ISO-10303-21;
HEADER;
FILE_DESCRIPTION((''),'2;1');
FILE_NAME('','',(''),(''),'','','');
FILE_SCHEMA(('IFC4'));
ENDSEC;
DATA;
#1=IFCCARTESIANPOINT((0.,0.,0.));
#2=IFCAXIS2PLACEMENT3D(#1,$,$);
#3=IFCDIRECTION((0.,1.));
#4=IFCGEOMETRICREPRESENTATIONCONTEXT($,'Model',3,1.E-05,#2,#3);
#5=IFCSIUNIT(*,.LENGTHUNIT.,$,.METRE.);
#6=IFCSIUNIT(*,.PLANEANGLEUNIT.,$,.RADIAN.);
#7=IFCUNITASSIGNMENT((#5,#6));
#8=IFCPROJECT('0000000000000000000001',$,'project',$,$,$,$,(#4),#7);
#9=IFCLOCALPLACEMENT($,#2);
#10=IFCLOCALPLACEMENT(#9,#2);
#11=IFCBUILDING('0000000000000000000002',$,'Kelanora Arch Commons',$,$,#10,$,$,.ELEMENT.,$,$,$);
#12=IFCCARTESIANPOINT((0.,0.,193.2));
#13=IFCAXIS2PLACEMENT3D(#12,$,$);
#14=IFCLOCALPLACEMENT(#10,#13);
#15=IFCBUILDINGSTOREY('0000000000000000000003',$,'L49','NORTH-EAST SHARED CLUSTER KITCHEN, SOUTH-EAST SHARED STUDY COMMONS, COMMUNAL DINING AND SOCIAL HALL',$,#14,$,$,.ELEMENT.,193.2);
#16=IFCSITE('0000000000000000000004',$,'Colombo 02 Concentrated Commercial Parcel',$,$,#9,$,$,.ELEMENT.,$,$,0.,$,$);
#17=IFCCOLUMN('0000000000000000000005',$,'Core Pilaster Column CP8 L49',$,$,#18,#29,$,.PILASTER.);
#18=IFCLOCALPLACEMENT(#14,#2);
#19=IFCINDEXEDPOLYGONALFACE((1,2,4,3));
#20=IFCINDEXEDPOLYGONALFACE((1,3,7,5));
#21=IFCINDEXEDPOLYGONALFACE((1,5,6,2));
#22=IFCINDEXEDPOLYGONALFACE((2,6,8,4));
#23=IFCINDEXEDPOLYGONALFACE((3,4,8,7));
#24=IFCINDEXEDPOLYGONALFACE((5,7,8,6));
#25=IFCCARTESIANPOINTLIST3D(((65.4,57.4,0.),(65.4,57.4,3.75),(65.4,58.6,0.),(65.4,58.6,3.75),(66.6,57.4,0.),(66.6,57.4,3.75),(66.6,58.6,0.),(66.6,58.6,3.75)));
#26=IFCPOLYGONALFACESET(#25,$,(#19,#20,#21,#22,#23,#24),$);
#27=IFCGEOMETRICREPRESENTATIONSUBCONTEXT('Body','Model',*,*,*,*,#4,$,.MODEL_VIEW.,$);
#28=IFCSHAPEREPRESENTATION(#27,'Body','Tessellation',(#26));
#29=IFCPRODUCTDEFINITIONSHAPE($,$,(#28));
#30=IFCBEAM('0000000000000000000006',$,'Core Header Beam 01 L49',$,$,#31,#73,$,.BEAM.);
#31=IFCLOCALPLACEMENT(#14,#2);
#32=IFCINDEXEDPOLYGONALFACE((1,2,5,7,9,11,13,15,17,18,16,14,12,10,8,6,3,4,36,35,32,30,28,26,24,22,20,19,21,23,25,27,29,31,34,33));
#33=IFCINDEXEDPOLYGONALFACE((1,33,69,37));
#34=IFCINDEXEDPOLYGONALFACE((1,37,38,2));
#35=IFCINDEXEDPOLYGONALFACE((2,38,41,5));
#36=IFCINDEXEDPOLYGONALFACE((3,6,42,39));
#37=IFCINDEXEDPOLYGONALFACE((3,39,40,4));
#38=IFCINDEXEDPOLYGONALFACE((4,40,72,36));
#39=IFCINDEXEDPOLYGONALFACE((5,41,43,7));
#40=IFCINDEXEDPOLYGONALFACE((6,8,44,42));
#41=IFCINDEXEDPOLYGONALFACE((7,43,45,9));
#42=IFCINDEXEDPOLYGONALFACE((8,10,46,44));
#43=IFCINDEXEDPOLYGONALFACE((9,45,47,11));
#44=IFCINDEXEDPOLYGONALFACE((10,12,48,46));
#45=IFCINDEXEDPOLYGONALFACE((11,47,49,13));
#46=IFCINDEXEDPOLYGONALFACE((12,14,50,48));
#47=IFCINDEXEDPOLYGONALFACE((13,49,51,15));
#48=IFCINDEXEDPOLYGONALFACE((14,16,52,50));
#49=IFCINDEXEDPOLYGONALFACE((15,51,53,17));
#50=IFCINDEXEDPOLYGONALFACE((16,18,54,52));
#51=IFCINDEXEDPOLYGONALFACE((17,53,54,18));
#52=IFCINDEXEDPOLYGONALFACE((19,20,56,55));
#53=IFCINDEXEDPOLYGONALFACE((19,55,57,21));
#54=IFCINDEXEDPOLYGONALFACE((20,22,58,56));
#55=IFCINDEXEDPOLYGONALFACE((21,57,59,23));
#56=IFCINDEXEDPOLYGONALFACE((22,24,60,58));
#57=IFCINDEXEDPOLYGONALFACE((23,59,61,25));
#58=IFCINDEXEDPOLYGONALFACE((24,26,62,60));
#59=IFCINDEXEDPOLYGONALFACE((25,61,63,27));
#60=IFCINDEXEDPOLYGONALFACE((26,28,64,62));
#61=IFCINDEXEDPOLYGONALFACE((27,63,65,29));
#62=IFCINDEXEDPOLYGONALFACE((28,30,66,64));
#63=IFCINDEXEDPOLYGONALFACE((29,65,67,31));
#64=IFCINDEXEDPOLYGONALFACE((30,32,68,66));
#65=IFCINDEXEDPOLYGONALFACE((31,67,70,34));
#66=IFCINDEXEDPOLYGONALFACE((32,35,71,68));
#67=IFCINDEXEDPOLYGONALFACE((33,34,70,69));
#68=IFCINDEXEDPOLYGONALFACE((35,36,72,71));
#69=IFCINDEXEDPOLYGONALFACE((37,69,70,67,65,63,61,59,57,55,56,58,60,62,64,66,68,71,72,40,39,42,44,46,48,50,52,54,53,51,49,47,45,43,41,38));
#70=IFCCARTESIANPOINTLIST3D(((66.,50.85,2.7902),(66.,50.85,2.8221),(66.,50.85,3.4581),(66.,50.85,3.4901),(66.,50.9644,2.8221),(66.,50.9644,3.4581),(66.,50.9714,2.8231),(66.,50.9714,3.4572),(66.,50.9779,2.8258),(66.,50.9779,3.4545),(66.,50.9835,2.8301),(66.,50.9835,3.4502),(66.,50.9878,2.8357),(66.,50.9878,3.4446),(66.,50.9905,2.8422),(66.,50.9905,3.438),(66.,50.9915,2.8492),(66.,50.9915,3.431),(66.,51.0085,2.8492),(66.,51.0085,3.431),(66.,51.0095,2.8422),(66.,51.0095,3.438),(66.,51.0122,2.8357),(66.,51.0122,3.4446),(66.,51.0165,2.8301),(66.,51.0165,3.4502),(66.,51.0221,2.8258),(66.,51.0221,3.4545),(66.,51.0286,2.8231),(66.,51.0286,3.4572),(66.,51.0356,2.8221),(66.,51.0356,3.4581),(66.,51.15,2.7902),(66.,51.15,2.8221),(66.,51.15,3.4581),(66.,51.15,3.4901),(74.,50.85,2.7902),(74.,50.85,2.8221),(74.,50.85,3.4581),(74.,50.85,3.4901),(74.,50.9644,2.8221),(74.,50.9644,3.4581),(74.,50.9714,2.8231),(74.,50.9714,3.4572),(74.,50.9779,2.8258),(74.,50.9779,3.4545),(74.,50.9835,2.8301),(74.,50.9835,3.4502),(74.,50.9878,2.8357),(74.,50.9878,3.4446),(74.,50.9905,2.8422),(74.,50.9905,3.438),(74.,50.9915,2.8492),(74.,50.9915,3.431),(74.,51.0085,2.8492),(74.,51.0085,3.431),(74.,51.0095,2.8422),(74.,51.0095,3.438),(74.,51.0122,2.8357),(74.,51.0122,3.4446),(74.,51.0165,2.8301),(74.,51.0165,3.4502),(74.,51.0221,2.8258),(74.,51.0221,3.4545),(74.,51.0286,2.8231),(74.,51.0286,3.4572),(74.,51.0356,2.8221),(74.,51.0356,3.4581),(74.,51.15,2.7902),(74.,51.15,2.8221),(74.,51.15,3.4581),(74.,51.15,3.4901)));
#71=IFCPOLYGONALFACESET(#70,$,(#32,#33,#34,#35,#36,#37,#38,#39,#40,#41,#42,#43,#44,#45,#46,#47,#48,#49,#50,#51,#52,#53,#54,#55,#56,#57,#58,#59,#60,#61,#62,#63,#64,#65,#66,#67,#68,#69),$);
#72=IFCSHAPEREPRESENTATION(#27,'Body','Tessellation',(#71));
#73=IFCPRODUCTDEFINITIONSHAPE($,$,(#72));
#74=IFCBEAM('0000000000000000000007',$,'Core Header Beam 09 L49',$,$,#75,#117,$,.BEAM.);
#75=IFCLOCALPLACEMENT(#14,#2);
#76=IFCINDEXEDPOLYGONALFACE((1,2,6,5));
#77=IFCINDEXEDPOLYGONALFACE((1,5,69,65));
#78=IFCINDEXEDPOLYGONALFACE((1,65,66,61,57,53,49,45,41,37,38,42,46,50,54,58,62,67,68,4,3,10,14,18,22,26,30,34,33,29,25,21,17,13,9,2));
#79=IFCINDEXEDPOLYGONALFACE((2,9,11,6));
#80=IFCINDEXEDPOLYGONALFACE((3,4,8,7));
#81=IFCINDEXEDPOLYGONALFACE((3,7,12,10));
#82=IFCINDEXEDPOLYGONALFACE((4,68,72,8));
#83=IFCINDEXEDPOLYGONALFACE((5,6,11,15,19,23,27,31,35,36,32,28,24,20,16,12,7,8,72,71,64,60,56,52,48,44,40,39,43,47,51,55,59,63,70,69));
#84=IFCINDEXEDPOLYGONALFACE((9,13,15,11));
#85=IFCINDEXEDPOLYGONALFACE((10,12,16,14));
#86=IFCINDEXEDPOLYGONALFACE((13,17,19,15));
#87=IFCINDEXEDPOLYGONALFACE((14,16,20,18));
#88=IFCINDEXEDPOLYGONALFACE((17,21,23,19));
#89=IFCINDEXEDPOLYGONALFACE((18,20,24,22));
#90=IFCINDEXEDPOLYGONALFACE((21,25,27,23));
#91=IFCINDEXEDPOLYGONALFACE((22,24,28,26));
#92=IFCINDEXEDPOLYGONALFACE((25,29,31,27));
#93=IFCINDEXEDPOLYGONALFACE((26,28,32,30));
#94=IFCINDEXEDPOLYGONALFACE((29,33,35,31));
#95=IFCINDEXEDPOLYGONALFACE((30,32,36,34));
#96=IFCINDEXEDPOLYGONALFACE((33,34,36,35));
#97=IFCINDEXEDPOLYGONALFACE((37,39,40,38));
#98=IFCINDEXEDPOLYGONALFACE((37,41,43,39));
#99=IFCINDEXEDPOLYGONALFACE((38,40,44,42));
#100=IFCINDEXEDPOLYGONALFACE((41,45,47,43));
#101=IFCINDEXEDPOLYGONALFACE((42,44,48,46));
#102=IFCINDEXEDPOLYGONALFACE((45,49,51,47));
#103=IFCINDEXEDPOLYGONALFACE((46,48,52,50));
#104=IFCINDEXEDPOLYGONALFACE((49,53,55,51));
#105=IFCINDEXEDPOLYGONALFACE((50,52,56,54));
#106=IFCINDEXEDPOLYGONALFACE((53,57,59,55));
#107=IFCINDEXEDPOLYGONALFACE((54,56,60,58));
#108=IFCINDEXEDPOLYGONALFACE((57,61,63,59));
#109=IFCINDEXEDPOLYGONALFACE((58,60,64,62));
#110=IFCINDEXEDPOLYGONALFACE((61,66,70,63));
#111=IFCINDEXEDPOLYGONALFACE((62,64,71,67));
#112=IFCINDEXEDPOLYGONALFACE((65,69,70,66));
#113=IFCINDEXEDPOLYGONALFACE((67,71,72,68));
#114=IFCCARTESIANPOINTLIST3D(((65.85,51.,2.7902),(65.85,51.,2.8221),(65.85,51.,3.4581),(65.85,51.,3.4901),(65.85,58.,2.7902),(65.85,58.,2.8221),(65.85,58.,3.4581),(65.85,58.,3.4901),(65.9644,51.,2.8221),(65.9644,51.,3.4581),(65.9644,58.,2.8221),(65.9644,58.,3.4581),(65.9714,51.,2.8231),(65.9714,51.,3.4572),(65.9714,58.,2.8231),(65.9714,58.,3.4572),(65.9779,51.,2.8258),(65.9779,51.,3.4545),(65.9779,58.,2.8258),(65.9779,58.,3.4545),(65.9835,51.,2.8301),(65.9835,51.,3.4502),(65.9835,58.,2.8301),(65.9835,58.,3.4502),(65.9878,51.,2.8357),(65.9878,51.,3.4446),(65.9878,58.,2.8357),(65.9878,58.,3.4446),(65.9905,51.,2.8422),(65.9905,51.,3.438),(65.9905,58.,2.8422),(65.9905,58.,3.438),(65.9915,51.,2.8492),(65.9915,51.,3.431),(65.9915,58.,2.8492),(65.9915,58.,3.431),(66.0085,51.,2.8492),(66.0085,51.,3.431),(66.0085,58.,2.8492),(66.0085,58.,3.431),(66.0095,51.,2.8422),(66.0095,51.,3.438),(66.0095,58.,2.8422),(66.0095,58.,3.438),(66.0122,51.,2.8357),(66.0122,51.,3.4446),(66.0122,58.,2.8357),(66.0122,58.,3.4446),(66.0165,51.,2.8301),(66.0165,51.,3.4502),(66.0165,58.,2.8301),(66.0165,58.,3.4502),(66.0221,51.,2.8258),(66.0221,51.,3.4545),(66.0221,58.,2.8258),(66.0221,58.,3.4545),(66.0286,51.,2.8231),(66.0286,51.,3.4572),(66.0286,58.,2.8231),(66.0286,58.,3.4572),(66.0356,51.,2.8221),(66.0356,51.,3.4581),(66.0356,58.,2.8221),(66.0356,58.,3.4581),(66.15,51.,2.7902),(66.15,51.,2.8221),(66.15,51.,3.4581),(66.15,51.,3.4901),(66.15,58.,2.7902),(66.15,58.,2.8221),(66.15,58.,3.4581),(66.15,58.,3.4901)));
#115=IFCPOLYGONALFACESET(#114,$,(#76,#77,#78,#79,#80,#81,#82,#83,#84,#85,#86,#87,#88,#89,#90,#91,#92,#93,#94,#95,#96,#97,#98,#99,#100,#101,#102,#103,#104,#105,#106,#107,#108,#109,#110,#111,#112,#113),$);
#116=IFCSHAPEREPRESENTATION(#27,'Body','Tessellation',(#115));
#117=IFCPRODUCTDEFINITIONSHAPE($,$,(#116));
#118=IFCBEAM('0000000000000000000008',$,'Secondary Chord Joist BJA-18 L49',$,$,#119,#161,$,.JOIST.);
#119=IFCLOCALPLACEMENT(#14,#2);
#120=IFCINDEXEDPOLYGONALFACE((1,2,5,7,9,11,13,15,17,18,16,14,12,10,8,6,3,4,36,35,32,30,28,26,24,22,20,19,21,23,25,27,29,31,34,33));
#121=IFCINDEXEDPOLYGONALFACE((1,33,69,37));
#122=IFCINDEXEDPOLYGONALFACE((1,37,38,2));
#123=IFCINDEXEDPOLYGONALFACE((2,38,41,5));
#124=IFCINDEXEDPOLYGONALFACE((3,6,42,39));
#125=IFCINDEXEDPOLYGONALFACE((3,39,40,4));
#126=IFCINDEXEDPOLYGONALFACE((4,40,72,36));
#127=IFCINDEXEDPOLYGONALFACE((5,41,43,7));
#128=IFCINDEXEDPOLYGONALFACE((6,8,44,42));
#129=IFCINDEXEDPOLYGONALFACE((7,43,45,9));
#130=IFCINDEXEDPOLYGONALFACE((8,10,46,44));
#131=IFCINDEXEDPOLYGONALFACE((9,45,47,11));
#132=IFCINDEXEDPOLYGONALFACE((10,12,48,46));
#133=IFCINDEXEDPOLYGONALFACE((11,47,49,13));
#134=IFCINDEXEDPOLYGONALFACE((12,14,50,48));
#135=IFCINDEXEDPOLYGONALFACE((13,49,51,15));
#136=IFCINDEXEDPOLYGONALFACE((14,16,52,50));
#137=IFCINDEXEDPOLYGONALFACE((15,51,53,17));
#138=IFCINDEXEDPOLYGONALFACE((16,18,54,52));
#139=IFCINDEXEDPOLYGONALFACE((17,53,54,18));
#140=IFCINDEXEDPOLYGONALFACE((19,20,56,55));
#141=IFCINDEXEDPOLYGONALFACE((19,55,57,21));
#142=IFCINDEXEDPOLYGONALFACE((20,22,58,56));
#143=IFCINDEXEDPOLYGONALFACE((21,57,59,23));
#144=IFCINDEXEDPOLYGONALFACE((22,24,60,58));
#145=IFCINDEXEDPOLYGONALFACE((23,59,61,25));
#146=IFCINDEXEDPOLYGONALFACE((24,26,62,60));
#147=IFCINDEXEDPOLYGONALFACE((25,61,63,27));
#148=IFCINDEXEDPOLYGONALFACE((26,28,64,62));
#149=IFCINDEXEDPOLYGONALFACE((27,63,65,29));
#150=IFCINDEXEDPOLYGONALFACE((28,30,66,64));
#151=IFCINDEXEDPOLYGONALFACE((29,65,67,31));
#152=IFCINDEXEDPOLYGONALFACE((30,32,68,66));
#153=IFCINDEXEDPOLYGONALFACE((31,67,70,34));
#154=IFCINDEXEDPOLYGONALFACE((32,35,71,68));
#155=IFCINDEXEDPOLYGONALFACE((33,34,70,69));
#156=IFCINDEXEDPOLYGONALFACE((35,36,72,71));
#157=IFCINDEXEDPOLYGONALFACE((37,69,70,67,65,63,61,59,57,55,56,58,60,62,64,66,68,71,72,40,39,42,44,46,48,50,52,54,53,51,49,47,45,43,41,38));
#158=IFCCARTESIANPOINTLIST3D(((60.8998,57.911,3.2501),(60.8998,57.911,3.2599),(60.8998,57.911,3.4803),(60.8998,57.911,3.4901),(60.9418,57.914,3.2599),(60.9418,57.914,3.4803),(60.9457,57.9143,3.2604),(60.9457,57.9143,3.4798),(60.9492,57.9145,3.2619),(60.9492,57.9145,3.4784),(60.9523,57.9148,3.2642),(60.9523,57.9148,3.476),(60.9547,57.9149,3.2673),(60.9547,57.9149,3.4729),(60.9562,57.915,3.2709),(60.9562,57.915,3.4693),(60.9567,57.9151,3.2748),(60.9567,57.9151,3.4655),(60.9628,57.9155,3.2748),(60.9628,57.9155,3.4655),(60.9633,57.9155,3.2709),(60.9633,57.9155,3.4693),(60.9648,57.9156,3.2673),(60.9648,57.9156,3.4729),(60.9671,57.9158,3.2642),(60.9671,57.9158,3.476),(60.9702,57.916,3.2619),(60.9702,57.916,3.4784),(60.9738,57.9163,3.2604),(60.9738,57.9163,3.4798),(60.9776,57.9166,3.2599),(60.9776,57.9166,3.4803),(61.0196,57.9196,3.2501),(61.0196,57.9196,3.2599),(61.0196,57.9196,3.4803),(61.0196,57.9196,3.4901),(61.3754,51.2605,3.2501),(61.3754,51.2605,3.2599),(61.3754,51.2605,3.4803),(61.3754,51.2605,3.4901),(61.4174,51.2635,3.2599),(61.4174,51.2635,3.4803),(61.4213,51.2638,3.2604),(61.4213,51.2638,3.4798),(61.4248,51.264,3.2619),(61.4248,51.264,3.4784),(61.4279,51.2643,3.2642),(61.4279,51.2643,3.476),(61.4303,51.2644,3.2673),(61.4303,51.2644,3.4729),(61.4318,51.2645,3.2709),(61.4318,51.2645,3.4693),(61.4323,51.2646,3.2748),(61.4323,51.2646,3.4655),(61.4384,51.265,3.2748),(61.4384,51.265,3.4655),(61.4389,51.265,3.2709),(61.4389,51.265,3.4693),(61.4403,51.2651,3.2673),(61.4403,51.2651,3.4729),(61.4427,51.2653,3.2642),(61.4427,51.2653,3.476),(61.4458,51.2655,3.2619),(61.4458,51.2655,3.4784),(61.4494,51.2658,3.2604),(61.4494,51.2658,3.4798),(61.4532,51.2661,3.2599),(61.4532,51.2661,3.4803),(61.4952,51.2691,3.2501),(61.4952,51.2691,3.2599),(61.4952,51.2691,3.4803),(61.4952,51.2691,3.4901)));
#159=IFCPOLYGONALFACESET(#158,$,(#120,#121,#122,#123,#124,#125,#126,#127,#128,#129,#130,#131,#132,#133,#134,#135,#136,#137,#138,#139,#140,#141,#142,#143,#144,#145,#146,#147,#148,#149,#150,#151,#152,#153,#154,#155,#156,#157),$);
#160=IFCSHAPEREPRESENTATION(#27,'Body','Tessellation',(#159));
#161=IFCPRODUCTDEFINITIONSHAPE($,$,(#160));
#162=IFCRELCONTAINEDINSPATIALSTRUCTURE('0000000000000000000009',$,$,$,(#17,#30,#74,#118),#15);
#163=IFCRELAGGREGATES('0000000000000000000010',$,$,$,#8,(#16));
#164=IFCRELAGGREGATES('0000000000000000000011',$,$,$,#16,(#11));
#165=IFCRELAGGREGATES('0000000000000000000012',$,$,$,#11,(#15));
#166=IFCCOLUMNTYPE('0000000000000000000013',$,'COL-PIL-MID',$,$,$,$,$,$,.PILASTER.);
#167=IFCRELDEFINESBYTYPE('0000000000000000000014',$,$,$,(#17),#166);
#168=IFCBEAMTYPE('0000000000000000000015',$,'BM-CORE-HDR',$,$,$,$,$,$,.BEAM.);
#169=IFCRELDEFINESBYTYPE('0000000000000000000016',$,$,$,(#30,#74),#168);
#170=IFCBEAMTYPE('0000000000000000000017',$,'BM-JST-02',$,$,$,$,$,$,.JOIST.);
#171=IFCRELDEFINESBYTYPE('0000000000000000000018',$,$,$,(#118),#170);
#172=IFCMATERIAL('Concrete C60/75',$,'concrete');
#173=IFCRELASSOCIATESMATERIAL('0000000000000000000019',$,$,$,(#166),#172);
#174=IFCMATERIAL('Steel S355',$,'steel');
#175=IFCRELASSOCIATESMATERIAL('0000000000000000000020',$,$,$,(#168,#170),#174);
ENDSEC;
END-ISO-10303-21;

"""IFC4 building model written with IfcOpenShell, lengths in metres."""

from ifc_helpers import new_model, si_unit, direction, frame, origin, origin_2d, place, context, subcontext, project, spatial, rectangle, i_section, extrude, material, material_profile, profile_set, type_object, element, save


model = new_model("IFC4")

# Units and contexts
model_context = context("Model", 3, precision=1e-05, world=origin(), true_north=direction((0.0, 1.0)))
body_context = subcontext(model_context, "Body", "Model", "MODEL_VIEW")
ifc_project = project(units=[si_unit("LENGTHUNIT", "METRE"), si_unit("PLANEANGLEUNIT", "RADIAN")], contexts=[model_context])

# Site, building, storey
site_placement = place(None, origin())
site = spatial("IfcSite", under=ifc_project, at=site_placement, Name="Colombo 02 Concentrated Commercial Parcel", CompositionType="ELEMENT", RefElevation=0.0)
building_placement = place(site_placement, origin())
building = spatial("IfcBuilding", under=site, at=building_placement, Name="Kelanora Arch Commons", CompositionType="ELEMENT")
storey_placement = place(building_placement, frame((0.0, 0.0, 193.2)))
storey = spatial("IfcBuildingStorey", under=building, at=storey_placement, Name="L49", Description="NORTH-EAST SHARED CLUSTER KITCHEN, SOUTH-EAST SHARED STUDY COMMONS, COMMUNAL DINING AND SOCIAL HALL", CompositionType="ELEMENT", Elevation=193.2)

# Column
ifc_material_1 = material(Name="Concrete C60/75", Category="concrete")
ifc_material_profile_1 = material_profile(ifc_material_1, rectangle(XDim=1.2, YDim=1.2, at=origin_2d()), Name="RC1200x1200")
ifc_profile_set_1 = profile_set([ifc_material_profile_1], Name="Concrete C60/75")
column_type = type_object("IfcColumnType", Name="COL-PIL-MID", PredefinedType="PILASTER", material=ifc_profile_set_1)
column_placement = place(storey_placement, frame((66.0, 58.0, 0.0), z_axis=(0.0, 0.0, 1.0), x_axis=(1.0, 0.0, 0.0)))
element("IfcColumn", 1, at=column_placement, inside=storey, type_object=column_type, Name="Core Pilaster Column CP8 L49", PredefinedType="PILASTER", context=body_context, shape_type="SweptSolid", body=[
    extrude(rectangle(XDim=1.2, YDim=1.2, at=origin_2d()), origin(), (0.0, 0.0, 1.0), 3.75),
])

# Beams
ifc_material_2 = material(Name="Steel S355", Category="steel")
ifc_material_profile_2 = material_profile(ifc_material_2, i_section(OverallWidth=0.3, OverallDepth=0.7, WebThickness=0.0171, FlangeThickness=0.032, FilletRadius=0.0271, at=origin_2d()), Name="HEB700")
ifc_profile_set_2 = profile_set([ifc_material_profile_2], Name="Steel S355")
beam_type_1 = type_object("IfcBeamType", Name="BM-CORE-HDR", PredefinedType="BEAM", material=ifc_profile_set_2)
beam_1_placement = place(storey_placement, frame((66.0, 51.0, 3.1401), z_axis=(1.0, 0.0, 0.0), x_axis=(0.0, 1.0, 0.0)))
element("IfcBeam", 2, at=beam_1_placement, inside=storey, type_object=beam_type_1, Name="Core Header Beam 01 L49", PredefinedType="BEAM", context=body_context, shape_type="SweptSolid", body=[
    extrude(i_section(OverallWidth=0.3, OverallDepth=0.7, WebThickness=0.0171, FlangeThickness=0.032, FilletRadius=0.0271, at=origin_2d()), origin(), (0.0, 0.0, 1.0), 8.0),
])
beam_2_placement = place(storey_placement, frame((66.0, 58.0, 3.1401), z_axis=(0.0, -1.0, 0.0), x_axis=(1.0, 0.0, 0.0)))
element("IfcBeam", 3, at=beam_2_placement, inside=storey, type_object=beam_type_1, Name="Core Header Beam 09 L49", PredefinedType="BEAM", context=body_context, shape_type="SweptSolid", body=[
    extrude(i_section(OverallWidth=0.3, OverallDepth=0.7, WebThickness=0.0171, FlangeThickness=0.032, FilletRadius=0.0271, at=origin_2d()), origin(), (0.0, 0.0, 1.0), 7.0),
])
ifc_material_profile_3 = material_profile(ifc_material_2, i_section(OverallWidth=0.1201, OverallDepth=0.24, WebThickness=0.0061, FlangeThickness=0.0098, FilletRadius=0.0149, at=origin_2d()), Name="IPE240")
ifc_profile_set_3 = profile_set([ifc_material_profile_3], Name="Steel S355")
beam_type_2 = type_object("IfcBeamType", Name="BM-JST-02", PredefinedType="JOIST", material=ifc_profile_set_3)
beam_3_placement = place(storey_placement, frame((60.9597, 57.9153, 3.3701), z_axis=(0.07133, -0.997453, 0.0), x_axis=(0.997453, 0.07133, 0.0)))
element("IfcBeam", 4, at=beam_3_placement, inside=storey, type_object=beam_type_2, Name="Secondary Chord Joist BJA-18 L49", PredefinedType="JOIST", context=body_context, shape_type="SweptSolid", body=[
    extrude(i_section(OverallWidth=0.1201, OverallDepth=0.24, WebThickness=0.0061, FlangeThickness=0.0098, FilletRadius=0.0149, at=origin_2d()), origin(), (0.0, 0.0, 1.0), 6.6675),
])

save(model, "model.ifc")
